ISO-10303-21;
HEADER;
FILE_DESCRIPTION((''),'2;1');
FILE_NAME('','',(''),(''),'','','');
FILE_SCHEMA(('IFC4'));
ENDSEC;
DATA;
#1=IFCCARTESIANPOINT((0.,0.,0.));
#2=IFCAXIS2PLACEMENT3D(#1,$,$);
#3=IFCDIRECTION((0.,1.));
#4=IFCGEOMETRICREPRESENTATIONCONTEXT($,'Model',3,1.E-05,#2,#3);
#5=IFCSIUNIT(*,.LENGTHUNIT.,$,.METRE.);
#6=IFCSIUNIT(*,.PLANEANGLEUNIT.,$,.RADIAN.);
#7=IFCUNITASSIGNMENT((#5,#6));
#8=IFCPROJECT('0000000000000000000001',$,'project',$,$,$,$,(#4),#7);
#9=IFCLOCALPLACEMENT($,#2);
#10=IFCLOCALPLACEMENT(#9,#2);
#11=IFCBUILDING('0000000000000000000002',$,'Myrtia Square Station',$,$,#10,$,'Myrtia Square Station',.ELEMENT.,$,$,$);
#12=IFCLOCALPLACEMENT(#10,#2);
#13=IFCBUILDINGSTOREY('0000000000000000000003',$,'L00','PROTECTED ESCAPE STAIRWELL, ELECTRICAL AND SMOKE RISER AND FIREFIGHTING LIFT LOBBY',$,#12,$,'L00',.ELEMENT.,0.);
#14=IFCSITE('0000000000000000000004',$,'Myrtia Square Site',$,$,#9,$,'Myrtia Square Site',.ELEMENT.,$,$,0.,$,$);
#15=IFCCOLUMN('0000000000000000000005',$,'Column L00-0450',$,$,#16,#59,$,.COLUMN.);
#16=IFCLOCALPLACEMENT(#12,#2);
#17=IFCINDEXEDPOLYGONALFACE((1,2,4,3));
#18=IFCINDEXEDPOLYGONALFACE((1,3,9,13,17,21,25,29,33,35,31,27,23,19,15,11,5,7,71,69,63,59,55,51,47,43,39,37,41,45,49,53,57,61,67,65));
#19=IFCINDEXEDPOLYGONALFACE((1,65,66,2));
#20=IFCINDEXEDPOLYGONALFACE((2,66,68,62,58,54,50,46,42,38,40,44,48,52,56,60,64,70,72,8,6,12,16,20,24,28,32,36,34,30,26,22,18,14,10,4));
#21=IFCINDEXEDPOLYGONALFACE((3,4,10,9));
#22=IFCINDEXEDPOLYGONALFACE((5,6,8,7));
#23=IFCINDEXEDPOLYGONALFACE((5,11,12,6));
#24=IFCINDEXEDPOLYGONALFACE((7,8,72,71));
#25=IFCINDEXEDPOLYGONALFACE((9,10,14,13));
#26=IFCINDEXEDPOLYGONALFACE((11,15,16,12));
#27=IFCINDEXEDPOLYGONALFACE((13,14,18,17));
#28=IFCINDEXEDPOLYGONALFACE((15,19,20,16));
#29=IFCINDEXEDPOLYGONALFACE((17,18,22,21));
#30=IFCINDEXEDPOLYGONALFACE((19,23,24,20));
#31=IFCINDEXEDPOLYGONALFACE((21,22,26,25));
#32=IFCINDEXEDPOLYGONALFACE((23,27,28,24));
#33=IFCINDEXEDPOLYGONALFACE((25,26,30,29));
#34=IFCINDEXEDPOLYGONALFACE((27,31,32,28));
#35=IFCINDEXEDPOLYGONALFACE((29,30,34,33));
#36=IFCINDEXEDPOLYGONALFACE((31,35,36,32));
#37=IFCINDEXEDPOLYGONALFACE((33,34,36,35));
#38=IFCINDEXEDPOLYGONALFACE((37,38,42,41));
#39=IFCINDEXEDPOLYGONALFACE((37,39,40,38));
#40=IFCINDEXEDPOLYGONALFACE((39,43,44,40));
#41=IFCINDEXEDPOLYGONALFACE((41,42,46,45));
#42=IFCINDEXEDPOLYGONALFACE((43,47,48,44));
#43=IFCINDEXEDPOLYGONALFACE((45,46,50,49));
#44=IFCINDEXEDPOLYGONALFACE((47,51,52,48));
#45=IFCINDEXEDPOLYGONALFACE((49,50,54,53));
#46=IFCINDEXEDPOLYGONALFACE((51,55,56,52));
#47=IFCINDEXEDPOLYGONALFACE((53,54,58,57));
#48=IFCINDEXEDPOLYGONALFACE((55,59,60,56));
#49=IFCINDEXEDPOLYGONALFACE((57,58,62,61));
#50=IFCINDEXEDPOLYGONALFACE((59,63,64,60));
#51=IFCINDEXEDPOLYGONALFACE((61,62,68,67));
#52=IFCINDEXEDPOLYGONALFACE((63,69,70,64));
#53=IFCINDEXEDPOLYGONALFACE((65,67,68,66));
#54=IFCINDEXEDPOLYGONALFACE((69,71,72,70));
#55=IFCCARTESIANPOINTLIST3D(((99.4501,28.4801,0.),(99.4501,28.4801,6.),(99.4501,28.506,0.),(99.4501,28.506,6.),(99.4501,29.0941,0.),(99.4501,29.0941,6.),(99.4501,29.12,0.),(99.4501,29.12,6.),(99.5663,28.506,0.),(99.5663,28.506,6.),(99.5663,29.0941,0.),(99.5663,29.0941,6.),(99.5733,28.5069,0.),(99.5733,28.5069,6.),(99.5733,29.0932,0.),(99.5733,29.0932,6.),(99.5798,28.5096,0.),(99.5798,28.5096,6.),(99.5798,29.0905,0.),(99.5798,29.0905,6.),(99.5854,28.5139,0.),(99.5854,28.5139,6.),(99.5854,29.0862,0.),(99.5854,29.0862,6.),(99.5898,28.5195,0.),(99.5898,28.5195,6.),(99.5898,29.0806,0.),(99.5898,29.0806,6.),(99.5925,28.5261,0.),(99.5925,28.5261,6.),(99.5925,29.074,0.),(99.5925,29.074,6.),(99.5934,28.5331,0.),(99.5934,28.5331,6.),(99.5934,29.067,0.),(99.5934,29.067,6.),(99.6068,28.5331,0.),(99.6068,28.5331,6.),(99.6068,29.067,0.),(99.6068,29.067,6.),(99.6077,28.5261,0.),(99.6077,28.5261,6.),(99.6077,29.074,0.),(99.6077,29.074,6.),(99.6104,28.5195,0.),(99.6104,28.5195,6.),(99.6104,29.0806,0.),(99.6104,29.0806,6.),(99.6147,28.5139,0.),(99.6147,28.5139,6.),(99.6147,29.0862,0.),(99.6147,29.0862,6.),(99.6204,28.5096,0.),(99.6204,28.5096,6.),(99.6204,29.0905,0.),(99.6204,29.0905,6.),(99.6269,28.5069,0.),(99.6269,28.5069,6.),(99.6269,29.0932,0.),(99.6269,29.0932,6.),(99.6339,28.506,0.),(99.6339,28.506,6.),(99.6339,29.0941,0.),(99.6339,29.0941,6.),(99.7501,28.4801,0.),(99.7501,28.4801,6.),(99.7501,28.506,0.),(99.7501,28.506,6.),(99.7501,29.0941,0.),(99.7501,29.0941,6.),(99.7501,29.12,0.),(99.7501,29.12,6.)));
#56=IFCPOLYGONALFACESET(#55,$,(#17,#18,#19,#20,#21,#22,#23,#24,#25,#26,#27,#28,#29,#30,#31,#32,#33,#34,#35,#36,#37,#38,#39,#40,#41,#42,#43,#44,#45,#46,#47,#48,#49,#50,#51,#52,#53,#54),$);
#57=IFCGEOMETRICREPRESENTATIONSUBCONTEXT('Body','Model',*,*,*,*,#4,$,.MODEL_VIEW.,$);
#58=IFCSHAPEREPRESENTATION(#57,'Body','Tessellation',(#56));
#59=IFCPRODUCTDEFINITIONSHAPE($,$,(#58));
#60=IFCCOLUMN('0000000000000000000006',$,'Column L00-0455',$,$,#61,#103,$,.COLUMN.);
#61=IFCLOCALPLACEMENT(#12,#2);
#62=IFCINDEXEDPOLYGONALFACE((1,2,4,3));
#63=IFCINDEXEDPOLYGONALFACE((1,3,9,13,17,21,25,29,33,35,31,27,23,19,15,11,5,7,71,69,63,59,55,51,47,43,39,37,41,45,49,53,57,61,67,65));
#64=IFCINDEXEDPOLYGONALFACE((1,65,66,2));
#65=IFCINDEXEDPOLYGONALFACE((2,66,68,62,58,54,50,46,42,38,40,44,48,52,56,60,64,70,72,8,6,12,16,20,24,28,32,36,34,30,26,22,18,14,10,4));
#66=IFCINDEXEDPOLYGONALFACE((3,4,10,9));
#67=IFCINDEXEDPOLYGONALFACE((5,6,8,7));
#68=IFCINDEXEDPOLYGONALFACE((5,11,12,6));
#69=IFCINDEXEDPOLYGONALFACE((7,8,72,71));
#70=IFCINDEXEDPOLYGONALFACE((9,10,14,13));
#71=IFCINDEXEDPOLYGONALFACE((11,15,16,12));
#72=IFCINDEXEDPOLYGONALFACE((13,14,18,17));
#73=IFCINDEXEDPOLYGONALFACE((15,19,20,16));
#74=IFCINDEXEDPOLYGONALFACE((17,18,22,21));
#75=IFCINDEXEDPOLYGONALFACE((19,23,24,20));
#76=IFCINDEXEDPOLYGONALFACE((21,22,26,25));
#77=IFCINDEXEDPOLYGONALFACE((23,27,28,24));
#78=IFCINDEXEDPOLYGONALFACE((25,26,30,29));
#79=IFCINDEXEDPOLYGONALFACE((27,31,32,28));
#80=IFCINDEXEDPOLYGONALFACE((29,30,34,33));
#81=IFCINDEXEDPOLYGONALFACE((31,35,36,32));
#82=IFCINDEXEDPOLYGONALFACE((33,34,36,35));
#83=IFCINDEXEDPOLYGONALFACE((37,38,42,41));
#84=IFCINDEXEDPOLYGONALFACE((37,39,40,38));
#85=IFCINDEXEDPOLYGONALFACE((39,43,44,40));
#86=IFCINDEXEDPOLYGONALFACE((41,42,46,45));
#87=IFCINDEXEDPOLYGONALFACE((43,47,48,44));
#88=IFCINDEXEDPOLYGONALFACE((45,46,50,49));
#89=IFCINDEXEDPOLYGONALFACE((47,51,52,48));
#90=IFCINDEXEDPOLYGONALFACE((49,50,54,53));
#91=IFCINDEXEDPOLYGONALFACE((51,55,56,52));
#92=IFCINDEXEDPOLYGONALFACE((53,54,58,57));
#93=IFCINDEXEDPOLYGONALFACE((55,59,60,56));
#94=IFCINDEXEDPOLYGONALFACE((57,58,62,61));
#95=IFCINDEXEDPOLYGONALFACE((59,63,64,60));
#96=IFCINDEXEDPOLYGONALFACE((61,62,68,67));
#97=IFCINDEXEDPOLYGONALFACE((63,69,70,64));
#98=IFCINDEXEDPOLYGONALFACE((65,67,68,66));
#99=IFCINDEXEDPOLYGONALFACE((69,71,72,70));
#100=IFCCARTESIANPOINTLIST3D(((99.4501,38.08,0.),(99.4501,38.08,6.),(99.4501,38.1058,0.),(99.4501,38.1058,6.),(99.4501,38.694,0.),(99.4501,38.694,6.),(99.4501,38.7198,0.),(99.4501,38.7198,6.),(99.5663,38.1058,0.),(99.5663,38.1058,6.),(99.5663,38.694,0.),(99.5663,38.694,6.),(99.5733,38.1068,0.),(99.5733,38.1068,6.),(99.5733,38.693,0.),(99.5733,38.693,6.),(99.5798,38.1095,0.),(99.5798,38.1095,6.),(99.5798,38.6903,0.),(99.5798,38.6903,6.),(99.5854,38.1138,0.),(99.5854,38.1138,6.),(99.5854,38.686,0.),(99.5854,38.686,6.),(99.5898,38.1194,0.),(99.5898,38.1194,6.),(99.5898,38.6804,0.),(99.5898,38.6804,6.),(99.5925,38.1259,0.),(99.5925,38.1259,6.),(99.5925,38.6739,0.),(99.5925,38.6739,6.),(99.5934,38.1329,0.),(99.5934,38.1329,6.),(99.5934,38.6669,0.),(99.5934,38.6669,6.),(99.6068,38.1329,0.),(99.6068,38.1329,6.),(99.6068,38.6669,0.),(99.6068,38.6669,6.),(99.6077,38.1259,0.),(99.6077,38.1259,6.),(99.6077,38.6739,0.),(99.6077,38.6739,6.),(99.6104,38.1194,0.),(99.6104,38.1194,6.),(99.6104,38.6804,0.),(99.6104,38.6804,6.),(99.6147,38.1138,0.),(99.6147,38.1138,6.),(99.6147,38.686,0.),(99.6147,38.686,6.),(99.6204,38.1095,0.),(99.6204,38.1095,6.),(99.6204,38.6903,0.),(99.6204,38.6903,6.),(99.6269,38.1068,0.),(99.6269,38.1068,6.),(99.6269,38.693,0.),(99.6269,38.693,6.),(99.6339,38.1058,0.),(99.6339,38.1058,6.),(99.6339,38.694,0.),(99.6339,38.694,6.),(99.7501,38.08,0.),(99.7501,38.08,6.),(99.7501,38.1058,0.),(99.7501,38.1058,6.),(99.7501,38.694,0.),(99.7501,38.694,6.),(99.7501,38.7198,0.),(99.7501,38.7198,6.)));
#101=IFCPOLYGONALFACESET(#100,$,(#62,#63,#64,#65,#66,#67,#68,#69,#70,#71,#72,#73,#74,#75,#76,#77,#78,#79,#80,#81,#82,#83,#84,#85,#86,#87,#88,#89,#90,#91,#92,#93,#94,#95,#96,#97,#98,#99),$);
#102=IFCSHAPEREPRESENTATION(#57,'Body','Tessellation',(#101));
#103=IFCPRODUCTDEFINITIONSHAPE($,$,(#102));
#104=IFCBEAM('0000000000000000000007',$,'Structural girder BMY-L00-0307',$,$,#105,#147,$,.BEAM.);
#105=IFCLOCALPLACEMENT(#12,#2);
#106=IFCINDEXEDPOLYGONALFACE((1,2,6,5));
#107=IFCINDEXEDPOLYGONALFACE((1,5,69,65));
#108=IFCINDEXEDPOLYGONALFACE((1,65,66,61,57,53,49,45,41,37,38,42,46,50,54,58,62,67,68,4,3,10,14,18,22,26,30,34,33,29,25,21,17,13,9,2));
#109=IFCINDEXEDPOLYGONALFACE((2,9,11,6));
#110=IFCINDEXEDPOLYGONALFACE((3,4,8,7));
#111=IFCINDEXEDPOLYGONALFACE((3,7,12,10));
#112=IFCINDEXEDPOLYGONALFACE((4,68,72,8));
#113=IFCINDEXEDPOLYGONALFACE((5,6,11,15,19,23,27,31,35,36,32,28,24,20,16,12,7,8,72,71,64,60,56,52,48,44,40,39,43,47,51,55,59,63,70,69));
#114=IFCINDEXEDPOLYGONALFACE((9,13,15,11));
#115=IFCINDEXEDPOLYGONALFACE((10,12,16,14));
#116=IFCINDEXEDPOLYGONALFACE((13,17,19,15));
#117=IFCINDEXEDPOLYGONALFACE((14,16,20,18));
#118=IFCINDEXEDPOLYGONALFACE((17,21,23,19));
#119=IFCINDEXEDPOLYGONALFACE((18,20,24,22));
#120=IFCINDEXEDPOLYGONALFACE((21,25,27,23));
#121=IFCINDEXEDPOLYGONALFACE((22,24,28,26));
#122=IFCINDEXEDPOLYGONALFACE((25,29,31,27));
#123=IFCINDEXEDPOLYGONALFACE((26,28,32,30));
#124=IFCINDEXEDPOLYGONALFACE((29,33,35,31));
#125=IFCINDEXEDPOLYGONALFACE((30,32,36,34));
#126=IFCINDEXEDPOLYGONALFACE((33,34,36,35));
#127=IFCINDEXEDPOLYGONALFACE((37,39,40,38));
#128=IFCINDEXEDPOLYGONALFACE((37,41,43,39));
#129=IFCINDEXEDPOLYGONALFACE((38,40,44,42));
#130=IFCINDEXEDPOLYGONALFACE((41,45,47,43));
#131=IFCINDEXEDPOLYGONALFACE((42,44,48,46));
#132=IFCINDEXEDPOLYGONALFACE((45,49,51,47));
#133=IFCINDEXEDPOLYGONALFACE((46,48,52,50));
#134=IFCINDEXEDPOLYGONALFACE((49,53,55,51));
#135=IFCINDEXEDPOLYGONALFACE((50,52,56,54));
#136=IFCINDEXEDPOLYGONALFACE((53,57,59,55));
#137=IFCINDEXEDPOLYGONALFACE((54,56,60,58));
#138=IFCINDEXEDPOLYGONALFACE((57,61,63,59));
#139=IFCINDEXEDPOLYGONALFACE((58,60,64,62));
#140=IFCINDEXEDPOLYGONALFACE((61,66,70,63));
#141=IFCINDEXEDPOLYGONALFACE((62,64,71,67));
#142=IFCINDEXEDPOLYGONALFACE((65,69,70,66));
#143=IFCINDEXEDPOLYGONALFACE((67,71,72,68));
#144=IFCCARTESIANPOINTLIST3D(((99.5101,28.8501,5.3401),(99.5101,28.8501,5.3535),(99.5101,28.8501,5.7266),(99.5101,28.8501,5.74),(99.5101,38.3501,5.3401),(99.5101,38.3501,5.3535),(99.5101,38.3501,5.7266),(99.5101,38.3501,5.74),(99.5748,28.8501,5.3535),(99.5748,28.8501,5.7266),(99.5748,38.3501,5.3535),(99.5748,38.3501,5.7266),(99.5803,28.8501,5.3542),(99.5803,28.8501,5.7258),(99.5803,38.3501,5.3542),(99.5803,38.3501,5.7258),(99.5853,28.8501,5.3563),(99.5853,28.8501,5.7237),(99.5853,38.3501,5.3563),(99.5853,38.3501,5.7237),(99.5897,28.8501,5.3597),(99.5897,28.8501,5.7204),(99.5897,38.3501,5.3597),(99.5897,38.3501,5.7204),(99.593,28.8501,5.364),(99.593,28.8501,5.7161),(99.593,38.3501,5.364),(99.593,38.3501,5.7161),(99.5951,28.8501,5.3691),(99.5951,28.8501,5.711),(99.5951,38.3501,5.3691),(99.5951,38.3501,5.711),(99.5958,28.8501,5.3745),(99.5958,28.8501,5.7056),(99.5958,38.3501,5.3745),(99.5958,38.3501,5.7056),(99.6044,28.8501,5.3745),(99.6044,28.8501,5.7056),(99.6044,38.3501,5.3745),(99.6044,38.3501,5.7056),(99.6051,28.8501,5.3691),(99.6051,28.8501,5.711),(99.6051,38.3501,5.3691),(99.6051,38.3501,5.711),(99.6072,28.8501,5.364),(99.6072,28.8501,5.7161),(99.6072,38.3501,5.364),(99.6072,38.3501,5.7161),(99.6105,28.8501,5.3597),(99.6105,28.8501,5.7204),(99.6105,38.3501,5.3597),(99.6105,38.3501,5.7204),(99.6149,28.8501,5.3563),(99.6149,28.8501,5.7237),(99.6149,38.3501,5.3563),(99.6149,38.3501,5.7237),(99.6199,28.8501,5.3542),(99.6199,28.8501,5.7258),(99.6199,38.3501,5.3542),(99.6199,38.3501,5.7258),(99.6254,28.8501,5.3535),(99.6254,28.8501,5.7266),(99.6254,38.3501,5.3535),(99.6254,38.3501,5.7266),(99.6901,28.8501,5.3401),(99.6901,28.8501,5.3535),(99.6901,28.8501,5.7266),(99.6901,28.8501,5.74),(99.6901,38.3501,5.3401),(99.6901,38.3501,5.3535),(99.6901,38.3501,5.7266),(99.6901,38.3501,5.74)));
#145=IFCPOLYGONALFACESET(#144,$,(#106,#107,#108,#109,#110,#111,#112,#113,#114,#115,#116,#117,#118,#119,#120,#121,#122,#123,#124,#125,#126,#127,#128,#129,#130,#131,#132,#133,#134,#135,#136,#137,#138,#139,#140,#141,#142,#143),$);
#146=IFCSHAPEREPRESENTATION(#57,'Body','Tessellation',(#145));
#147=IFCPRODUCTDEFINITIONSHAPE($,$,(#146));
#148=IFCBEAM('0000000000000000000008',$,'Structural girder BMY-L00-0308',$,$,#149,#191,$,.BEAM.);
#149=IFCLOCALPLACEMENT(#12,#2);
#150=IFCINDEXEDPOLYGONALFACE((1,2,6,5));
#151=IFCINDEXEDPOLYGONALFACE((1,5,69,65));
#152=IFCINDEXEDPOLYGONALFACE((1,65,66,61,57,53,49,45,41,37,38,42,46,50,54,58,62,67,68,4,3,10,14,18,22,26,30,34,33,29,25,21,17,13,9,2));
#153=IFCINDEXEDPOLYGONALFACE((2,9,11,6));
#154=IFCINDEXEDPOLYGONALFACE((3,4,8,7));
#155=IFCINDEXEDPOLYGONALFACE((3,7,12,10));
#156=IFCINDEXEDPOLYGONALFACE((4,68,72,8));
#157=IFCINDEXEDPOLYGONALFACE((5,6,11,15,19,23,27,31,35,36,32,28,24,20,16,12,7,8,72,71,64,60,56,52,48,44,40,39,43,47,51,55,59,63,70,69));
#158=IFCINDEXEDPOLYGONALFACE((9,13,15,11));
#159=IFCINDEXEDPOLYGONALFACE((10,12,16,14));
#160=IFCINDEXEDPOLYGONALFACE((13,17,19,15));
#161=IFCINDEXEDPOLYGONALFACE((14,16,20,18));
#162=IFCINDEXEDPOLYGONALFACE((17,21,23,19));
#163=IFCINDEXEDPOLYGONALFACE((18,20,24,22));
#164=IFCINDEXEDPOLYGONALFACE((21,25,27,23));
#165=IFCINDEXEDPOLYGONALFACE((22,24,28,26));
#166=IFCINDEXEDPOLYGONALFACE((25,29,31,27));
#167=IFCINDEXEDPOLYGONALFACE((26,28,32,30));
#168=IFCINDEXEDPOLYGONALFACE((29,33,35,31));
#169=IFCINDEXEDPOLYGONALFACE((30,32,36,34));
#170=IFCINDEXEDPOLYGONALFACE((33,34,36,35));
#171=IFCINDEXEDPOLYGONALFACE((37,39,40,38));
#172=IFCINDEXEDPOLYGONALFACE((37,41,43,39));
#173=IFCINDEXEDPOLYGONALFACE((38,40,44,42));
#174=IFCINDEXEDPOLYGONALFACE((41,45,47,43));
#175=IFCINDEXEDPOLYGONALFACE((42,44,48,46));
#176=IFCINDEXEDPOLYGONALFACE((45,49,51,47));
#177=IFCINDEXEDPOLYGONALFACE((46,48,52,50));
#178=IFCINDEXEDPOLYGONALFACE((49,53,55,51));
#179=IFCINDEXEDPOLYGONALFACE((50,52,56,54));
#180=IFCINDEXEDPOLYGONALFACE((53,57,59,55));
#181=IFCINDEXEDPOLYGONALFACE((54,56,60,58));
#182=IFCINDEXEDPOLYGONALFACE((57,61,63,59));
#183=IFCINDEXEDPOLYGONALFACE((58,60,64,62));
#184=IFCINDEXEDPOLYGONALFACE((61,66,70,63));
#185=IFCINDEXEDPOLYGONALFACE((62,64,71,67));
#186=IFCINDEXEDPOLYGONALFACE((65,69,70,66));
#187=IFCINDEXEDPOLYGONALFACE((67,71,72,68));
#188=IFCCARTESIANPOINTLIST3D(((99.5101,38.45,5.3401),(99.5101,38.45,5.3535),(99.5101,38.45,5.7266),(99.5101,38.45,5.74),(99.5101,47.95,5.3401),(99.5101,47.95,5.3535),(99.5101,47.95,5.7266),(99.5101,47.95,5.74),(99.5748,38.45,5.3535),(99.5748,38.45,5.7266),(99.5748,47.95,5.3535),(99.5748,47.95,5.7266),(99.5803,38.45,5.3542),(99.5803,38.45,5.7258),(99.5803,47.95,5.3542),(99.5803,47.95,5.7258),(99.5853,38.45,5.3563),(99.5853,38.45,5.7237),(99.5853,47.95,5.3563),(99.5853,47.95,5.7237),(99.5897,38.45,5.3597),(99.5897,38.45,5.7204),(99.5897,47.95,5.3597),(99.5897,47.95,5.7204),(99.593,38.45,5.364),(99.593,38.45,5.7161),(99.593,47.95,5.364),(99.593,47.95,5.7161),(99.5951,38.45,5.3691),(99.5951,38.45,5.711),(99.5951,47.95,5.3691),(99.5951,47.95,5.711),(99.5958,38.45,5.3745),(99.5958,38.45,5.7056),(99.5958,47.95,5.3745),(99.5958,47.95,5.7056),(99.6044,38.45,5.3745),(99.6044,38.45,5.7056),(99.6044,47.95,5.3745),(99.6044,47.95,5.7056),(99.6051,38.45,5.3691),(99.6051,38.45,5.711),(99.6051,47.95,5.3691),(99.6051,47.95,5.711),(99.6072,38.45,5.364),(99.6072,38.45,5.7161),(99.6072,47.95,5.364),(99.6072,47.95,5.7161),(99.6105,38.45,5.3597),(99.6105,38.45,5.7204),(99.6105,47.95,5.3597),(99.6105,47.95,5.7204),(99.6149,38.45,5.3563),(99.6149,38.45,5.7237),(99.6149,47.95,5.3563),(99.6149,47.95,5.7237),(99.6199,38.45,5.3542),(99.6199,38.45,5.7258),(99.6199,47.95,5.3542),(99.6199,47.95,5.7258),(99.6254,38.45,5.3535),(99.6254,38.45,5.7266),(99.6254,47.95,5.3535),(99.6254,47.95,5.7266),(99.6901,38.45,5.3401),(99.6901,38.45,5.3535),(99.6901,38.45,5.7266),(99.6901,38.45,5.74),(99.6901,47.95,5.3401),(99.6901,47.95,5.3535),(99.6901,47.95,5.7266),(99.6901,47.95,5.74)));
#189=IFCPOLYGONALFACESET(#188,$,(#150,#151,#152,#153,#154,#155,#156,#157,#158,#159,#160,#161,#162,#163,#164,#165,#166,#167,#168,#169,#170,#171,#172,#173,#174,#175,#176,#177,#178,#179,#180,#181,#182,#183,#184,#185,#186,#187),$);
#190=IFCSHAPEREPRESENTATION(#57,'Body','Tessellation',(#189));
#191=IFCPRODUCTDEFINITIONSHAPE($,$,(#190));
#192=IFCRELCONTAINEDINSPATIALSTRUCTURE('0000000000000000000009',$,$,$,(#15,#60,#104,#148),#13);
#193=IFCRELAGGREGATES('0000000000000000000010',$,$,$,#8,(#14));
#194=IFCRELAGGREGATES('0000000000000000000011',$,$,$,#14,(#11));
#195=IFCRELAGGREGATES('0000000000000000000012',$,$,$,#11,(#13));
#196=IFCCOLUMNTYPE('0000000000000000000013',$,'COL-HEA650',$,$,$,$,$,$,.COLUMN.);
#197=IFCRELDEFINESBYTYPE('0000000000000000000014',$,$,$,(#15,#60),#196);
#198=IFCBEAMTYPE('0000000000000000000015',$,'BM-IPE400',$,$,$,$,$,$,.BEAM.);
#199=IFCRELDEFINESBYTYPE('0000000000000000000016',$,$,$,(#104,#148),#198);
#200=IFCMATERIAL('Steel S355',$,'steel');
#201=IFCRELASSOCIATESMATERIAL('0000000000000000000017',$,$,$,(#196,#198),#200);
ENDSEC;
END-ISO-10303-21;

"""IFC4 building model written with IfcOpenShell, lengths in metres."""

from ifc_helpers import new_model, si_unit, direction, frame, origin, origin_2d, place, context, subcontext, project, spatial, i_section, extrude, material, material_profile, profile_set, type_object, element, save


model = new_model("IFC4")

# Units and contexts
model_context = context("Model", 3, precision=1e-05, world=origin(), true_north=direction((0.0, 1.0)))
body_context = subcontext(model_context, "Body", "Model", "MODEL_VIEW")
ifc_project = project(units=[si_unit("LENGTHUNIT", "METRE"), si_unit("PLANEANGLEUNIT", "RADIAN")], contexts=[model_context])

# Site, building, storey
site_placement = place(None, origin())
site = spatial("IfcSite", under=ifc_project, at=site_placement, Name="Myrtia Square Site", LongName="Myrtia Square Site", CompositionType="ELEMENT", RefElevation=0.0)
building_placement = place(site_placement, origin())
building = spatial("IfcBuilding", under=site, at=building_placement, Name="Myrtia Square Station", LongName="Myrtia Square Station", CompositionType="ELEMENT")
storey_placement = place(building_placement, origin())
storey = spatial("IfcBuildingStorey", under=building, at=storey_placement, Name="L00", Description="PROTECTED ESCAPE STAIRWELL, ELECTRICAL AND SMOKE RISER AND FIREFIGHTING LIFT LOBBY", LongName="L00", CompositionType="ELEMENT", Elevation=0.0)

# Columns
ifc_material_1 = material(Name="Steel S355", Category="steel")
ifc_material_profile_1 = material_profile(ifc_material_1, i_section(OverallWidth=0.3, OverallDepth=0.6399, WebThickness=0.0134, FlangeThickness=0.0259, FilletRadius=0.0271, at=origin_2d()), Name="HEA 650")
ifc_profile_set_1 = profile_set([ifc_material_profile_1], Name="Steel S355")
column_type = type_object("IfcColumnType", Name="COL-HEA650", PredefinedType="COLUMN", material=ifc_profile_set_1)
for number, where, z_axis, x_axis, name in (
    (1, (99.6001, 28.8, 0.0), (0.0, 0.0, 1.0), (1.0, 0.0, 0.0), "Column L00-0450"),
    (2, (99.6001, 38.3999, 0.0), (0.0, 0.0, 1.0), (1.0, 0.0, 0.0), "Column L00-0455"),
):
    element("IfcColumn", number, at=place(storey_placement, frame(where, z_axis=z_axis, x_axis=x_axis)), inside=storey, type_object=column_type, Name=name, PredefinedType="COLUMN", context=body_context, shape_type="SweptSolid", body=[
        extrude(i_section(OverallWidth=0.3, OverallDepth=0.6399, WebThickness=0.0134, FlangeThickness=0.0259, FilletRadius=0.0271, at=origin_2d()), origin(), (0.0, 0.0, 1.0), 6.0),
    ])

# Beams
ifc_material_profile_2 = material_profile(ifc_material_1, i_section(OverallWidth=0.1799, OverallDepth=0.3999, WebThickness=0.0085, FlangeThickness=0.0134, FilletRadius=0.021, at=origin_2d()), Name="IPE 400")
ifc_profile_set_2 = profile_set([ifc_material_profile_2], Name="Steel S355")
beam_type_1 = type_object("IfcBeamType", Name="BM-IPE400", PredefinedType="BEAM", material=ifc_profile_set_2)
for number, where, z_axis, x_axis, name in (
    (3, (99.6001, 28.8501, 5.54), (0.0, 1.0, 0.0), (-1.0, 0.0, 0.0), "Structural girder BMY-L00-0307"),
    (4, (99.6001, 38.45, 5.54), (0.0, 1.0, 0.0), (-1.0, 0.0, 0.0), "Structural girder BMY-L00-0308"),
):
    element("IfcBeam", number, at=place(storey_placement, frame(where, z_axis=z_axis, x_axis=x_axis)), inside=storey, type_object=beam_type_1, Name=name, PredefinedType="BEAM", context=body_context, shape_type="SweptSolid", body=[
        extrude(i_section(OverallWidth=0.1799, OverallDepth=0.3999, WebThickness=0.0085, FlangeThickness=0.0134, FilletRadius=0.021, at=origin_2d()), origin(), (0.0, 0.0, 1.0), 9.5),
    ])

save(model, "model.ifc")
